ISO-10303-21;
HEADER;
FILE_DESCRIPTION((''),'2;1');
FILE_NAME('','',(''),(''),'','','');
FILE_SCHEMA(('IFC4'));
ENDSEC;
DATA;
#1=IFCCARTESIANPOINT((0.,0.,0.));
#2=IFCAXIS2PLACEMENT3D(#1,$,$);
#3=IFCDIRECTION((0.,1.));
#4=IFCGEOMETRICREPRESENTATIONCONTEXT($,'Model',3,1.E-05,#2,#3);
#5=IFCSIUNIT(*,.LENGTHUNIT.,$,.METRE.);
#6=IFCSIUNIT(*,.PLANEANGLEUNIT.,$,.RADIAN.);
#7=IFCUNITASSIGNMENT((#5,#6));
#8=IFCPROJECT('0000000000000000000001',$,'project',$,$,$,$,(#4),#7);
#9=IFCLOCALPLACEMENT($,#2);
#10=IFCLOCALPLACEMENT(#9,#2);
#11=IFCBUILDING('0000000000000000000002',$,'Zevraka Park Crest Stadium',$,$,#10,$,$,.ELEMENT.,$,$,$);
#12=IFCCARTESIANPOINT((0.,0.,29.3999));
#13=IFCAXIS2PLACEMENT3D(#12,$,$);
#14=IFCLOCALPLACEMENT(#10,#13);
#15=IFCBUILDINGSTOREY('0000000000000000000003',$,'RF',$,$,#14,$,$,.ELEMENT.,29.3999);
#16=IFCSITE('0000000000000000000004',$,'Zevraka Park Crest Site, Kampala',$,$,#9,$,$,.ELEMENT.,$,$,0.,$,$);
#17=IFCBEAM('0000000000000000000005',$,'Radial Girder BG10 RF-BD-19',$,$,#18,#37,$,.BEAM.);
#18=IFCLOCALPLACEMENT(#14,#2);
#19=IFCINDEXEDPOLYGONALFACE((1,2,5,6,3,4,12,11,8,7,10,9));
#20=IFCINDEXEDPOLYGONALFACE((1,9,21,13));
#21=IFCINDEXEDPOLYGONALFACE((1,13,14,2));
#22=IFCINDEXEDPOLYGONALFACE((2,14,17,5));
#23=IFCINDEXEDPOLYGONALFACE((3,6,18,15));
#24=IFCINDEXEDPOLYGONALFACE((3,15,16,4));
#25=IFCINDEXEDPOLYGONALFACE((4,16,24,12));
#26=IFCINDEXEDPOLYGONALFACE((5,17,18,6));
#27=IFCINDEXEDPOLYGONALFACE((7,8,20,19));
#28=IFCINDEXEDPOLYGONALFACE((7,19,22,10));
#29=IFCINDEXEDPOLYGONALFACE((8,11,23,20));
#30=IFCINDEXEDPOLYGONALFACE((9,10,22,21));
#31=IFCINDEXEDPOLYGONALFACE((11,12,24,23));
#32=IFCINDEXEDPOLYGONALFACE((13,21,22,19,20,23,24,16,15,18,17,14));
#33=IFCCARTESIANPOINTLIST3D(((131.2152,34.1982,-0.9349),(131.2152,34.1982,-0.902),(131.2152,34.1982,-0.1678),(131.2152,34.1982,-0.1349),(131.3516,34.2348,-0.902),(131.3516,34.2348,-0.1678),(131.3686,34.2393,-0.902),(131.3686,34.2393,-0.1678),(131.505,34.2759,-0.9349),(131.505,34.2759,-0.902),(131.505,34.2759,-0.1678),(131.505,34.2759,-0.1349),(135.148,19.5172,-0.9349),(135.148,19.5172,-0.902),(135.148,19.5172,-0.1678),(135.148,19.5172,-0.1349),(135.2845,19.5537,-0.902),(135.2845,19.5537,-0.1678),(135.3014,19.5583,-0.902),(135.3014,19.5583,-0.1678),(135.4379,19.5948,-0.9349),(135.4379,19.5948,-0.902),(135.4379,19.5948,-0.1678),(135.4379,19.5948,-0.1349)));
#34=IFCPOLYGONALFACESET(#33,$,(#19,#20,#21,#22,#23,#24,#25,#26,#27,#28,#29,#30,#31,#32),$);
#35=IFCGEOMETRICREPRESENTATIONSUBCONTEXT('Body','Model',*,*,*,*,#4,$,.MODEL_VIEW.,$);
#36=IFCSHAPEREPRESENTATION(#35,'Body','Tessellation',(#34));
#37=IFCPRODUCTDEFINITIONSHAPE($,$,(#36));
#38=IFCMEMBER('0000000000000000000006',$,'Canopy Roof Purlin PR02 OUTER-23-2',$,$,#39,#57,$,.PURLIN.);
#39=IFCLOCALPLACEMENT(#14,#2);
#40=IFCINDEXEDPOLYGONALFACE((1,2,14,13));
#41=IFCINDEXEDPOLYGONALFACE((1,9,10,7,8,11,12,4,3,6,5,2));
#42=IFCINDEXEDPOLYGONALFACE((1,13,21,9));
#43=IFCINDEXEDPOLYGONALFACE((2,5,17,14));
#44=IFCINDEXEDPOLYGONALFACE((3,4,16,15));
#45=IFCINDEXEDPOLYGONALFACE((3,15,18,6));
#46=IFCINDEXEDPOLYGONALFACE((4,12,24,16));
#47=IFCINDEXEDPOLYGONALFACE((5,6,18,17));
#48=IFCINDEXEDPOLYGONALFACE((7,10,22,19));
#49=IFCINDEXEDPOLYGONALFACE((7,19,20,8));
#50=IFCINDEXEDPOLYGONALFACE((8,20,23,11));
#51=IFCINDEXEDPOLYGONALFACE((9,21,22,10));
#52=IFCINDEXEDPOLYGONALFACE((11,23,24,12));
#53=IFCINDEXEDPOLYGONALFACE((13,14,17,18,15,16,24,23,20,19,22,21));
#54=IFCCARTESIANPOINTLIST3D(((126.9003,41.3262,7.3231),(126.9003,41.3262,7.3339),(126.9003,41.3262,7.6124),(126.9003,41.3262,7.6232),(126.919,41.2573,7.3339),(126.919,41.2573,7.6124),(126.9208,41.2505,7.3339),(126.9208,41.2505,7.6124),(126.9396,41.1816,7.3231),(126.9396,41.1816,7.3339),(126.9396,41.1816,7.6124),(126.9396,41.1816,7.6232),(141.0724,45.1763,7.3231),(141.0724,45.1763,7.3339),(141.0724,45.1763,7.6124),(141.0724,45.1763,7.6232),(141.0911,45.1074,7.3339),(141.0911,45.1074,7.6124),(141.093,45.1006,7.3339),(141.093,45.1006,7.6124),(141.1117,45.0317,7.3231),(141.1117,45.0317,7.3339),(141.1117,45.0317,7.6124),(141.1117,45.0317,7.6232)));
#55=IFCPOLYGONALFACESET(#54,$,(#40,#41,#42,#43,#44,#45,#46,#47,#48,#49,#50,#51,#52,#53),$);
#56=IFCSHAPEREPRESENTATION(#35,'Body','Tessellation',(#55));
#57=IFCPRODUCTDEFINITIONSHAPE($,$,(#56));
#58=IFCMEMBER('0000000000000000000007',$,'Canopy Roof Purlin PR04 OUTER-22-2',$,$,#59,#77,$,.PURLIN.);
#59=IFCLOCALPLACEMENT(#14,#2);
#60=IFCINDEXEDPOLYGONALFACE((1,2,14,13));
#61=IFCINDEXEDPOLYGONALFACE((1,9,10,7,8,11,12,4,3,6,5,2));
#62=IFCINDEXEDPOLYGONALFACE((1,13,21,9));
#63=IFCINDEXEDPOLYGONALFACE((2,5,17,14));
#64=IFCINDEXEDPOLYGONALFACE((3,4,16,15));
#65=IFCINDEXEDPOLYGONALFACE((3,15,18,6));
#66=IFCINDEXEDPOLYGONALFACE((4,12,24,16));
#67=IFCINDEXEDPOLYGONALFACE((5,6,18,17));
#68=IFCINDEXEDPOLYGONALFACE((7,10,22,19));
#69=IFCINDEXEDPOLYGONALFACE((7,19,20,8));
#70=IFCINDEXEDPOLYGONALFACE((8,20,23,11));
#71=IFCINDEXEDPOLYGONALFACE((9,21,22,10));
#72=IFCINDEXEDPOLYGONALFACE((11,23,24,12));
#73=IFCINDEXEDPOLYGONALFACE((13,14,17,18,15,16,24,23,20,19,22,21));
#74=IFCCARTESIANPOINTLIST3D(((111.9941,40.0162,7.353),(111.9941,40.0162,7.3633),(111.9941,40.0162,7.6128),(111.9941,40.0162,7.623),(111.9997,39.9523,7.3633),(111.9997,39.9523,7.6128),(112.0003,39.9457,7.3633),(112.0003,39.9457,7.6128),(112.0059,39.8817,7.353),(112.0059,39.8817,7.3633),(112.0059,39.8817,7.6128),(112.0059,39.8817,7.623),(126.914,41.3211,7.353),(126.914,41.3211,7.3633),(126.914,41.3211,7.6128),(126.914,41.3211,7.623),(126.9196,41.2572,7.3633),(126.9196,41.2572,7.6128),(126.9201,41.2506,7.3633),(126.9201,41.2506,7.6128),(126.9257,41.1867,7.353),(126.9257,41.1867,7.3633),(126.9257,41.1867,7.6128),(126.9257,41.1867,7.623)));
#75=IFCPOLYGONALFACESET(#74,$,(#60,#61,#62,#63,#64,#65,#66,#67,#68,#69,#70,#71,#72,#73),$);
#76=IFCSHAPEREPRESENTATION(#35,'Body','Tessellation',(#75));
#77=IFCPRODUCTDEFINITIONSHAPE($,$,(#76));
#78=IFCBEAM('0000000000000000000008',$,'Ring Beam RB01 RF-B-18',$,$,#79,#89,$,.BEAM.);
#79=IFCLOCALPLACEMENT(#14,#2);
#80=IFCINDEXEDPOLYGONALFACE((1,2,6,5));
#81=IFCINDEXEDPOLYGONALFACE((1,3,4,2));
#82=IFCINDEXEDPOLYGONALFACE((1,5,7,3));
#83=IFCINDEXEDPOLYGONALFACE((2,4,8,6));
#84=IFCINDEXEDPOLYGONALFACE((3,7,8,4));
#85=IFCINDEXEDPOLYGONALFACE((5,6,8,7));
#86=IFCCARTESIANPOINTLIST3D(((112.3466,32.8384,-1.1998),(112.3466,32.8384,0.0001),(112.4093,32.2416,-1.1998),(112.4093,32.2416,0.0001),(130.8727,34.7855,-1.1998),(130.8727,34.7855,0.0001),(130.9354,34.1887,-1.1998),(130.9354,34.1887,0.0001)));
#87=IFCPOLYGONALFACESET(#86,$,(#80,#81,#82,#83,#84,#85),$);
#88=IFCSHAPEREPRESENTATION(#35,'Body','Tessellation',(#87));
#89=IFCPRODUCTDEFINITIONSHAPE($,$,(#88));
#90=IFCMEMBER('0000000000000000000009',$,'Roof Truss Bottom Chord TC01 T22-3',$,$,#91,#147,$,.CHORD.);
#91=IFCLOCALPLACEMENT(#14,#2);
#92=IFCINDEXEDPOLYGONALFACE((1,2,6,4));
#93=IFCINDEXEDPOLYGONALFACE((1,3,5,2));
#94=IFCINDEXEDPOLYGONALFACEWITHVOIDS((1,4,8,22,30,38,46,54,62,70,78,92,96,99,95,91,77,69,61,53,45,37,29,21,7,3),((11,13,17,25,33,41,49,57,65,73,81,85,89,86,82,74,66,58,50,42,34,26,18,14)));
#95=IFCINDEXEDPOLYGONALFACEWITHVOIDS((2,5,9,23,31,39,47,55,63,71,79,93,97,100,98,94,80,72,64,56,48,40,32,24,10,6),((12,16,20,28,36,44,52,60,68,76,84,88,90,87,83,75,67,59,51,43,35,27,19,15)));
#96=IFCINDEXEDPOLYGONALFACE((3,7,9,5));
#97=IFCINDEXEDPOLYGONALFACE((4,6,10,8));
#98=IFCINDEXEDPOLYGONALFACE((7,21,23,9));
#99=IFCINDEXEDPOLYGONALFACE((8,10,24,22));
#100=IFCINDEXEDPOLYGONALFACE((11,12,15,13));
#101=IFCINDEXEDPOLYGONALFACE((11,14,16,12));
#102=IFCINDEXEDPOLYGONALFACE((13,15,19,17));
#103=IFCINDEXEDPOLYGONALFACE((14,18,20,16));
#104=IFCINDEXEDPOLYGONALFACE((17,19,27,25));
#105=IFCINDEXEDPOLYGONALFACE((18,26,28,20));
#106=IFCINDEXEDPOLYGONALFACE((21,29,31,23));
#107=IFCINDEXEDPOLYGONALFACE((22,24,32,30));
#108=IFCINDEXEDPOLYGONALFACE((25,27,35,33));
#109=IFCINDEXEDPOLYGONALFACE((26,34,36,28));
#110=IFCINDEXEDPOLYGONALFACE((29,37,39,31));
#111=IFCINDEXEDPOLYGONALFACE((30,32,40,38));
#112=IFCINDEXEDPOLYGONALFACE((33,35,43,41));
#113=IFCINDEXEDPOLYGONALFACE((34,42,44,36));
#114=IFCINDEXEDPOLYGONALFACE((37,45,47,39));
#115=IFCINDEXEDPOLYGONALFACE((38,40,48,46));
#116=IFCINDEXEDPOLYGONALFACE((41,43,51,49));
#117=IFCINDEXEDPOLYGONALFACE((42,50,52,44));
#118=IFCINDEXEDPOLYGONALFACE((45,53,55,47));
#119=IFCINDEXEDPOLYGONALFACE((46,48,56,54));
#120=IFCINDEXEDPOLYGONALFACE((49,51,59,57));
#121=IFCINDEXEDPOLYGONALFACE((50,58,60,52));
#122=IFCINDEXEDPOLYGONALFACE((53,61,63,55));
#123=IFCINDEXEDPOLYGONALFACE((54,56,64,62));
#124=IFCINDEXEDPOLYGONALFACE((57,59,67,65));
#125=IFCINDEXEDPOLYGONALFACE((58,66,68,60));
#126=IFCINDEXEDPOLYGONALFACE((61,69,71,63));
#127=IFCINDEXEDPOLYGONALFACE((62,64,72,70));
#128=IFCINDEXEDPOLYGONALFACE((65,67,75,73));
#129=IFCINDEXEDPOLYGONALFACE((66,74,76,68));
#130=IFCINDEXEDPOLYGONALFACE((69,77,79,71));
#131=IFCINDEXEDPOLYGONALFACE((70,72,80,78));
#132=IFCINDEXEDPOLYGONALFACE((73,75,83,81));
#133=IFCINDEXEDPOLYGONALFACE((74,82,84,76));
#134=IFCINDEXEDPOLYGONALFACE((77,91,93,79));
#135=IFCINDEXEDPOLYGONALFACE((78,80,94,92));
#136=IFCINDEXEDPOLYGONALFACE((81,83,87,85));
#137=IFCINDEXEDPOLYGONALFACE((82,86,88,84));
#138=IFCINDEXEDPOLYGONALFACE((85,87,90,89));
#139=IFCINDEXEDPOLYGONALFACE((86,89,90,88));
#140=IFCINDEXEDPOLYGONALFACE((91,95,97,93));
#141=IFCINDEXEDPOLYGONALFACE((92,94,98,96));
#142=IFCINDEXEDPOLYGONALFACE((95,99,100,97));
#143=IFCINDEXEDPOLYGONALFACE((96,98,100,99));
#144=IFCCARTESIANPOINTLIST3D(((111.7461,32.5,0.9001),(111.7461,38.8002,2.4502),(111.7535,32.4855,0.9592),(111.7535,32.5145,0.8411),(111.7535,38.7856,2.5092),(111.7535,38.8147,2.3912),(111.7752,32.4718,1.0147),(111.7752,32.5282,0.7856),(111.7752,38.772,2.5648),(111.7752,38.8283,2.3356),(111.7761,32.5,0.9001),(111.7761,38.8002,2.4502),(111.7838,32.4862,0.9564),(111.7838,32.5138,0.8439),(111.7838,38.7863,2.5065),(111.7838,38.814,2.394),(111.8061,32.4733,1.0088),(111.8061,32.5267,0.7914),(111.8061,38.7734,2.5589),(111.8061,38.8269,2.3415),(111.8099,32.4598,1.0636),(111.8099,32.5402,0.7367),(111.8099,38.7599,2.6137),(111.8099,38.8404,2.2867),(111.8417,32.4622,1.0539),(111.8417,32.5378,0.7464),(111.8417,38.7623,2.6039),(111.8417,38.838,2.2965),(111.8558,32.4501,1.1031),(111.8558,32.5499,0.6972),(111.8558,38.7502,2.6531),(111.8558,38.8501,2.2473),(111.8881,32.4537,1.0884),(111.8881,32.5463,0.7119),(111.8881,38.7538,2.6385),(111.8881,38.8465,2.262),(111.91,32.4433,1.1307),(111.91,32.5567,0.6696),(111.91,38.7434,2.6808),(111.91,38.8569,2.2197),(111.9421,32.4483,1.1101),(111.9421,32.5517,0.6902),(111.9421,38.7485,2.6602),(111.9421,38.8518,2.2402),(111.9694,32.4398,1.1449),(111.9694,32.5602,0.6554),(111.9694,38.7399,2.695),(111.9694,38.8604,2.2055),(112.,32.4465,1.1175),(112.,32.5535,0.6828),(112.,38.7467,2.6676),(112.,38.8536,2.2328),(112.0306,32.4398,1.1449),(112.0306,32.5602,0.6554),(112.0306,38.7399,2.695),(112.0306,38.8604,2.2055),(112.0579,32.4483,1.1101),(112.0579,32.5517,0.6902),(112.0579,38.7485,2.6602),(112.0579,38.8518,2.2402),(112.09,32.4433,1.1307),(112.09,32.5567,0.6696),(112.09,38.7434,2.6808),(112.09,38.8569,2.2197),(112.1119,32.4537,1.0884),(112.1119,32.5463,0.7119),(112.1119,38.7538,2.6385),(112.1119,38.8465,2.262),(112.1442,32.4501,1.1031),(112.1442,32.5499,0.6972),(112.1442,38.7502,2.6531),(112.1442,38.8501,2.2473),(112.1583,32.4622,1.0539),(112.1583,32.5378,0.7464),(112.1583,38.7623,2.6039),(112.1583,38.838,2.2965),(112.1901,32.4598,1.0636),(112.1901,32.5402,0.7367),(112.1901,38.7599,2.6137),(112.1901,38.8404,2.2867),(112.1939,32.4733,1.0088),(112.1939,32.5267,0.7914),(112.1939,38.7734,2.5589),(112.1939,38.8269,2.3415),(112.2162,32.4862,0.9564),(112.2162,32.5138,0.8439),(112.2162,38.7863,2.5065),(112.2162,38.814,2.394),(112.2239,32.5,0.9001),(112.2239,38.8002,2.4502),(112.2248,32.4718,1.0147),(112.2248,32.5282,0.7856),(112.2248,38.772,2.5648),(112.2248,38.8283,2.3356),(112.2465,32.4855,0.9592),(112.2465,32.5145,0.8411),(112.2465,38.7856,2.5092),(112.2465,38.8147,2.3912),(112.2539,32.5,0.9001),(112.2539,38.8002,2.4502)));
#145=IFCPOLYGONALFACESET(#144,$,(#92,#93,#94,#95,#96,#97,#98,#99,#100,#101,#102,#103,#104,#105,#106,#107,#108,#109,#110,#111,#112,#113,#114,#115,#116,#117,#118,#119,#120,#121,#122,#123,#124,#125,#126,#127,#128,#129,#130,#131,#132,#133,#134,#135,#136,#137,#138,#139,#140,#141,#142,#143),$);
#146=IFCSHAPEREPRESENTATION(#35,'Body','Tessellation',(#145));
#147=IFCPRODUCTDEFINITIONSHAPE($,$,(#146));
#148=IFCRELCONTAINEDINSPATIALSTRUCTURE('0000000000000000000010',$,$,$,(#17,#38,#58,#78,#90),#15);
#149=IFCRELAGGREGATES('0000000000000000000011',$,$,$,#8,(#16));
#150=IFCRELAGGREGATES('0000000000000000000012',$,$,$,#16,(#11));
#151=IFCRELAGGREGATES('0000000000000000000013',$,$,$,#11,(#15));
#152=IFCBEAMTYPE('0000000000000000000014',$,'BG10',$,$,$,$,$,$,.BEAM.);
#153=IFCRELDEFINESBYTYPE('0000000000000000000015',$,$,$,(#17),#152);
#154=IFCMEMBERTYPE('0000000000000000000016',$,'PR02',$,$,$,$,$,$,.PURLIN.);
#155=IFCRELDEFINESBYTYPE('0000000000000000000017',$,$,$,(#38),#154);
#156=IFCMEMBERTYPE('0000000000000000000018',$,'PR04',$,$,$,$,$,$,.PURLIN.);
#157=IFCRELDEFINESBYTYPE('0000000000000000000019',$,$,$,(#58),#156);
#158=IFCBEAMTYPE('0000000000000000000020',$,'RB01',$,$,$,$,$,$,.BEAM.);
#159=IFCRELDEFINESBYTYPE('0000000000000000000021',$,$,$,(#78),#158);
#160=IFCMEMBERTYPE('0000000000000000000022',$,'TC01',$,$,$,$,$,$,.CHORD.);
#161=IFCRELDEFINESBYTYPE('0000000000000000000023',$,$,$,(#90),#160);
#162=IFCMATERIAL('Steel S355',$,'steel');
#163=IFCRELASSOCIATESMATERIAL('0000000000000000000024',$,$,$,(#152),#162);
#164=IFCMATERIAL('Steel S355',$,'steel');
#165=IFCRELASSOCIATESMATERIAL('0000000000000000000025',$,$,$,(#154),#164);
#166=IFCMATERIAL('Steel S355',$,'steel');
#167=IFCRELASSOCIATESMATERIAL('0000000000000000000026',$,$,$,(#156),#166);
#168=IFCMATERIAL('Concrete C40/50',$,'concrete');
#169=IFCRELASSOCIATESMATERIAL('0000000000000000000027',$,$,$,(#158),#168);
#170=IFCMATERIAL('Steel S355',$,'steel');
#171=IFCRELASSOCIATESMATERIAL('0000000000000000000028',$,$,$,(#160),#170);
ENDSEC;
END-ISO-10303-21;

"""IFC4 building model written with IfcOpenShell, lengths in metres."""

from ifc_helpers import new_model, si_unit, direction, frame, origin, origin_2d, place, context, subcontext, project, spatial, rectangle, hollow_circle, i_section, extrude, material, material_profile, profile_set, type_object, element, save


model = new_model("IFC4")

# Units and contexts
model_context = context("Model", 3, precision=1e-05, world=origin(), true_north=direction((0.0, 1.0)))
body_context = subcontext(model_context, "Body", "Model", "MODEL_VIEW")
ifc_project = project(units=[si_unit("LENGTHUNIT", "METRE"), si_unit("PLANEANGLEUNIT", "RADIAN")], contexts=[model_context])

# Site, building, storey
site_placement = place(None, origin())
site = spatial("IfcSite", under=ifc_project, at=site_placement, Name="Zevraka Park Crest Site, Kampala", CompositionType="ELEMENT", RefElevation=0.0)
building_placement = place(site_placement, origin())
building = spatial("IfcBuilding", under=site, at=building_placement, Name="Zevraka Park Crest Stadium", CompositionType="ELEMENT")
storey_placement = place(building_placement, frame((0.0, 0.0, 29.3999)))
storey = spatial("IfcBuildingStorey", under=building, at=storey_placement, Name="RF", CompositionType="ELEMENT", Elevation=29.3999)

# Beam
ifc_material_1 = material(Name="Steel S355", Category="steel")
ifc_material_profile_1 = material_profile(ifc_material_1, i_section(OverallWidth=0.3, OverallDepth=0.8, WebThickness=0.0176, FlangeThickness=0.033, at=origin_2d()), Name="HEB 800")
ifc_profile_set_1 = profile_set([ifc_material_profile_1], Name="Steel S355")
beam_type_1 = type_object("IfcBeamType", Name="BG10", PredefinedType="BEAM", material=ifc_profile_set_1)
beam_1_placement = place(storey_placement, frame((131.3601, 34.2371, -0.5349), z_axis=(0.258761, -0.965941, 0.0), x_axis=(0.965941, 0.258761, 0.0)))
element("IfcBeam", 1, at=beam_1_placement, inside=storey, type_object=beam_type_1, Name="Radial Girder BG10 RF-BD-19", PredefinedType="BEAM", context=body_context, shape_type="SweptSolid", body=[
    extrude(i_section(OverallWidth=0.3, OverallDepth=0.8, WebThickness=0.0176, FlangeThickness=0.033, at=origin_2d()), origin(), (0.0, 0.0, 1.0), 15.1987),
])

# Members
ifc_material_2 = material(Name="Steel S355", Category="steel")
ifc_material_profile_2 = material_profile(ifc_material_2, i_section(OverallWidth=0.1499, OverallDepth=0.3, WebThickness=0.0071, FlangeThickness=0.0107, at=origin_2d()), Name="IPE 300")
ifc_profile_set_2 = profile_set([ifc_material_profile_2], Name="Steel S355")
member_type_1 = type_object("IfcMemberType", Name="PR02", PredefinedType="PURLIN", material=ifc_profile_set_2)
member_1_placement = place(storey_placement, frame((126.9199, 41.2539, 7.4731), z_axis=(0.965023, 0.262165, 0.0), x_axis=(-0.262165, 0.965023, 0.0)))
element("IfcMember", 2, at=member_1_placement, inside=storey, type_object=member_type_1, Name="Canopy Roof Purlin PR02 OUTER-23-2", PredefinedType="PURLIN", context=body_context, shape_type="SweptSolid", body=[
    extrude(i_section(OverallWidth=0.1499, OverallDepth=0.3, WebThickness=0.0071, FlangeThickness=0.0107, at=origin_2d()), origin(), (0.0, 0.0, 1.0), 14.6858),
])
ifc_material_3 = material(Name="Steel S355", Category="steel")
ifc_material_profile_3 = material_profile(ifc_material_3, i_section(OverallWidth=0.135, OverallDepth=0.27, WebThickness=0.0066, FlangeThickness=0.0103, at=origin_2d()), Name="IPE 270")
ifc_profile_set_3 = profile_set([ifc_material_profile_3], Name="Steel S355")
member_type_2 = type_object("IfcMemberType", Name="PR04", PredefinedType="PURLIN", material=ifc_profile_set_3)
member_2_placement = place(storey_placement, frame((112.0, 39.949, 7.488), z_axis=(0.996197, 0.08713, 0.0), x_axis=(-0.08713, 0.996197, 0.0)))
element("IfcMember", 3, at=member_2_placement, inside=storey, type_object=member_type_2, Name="Canopy Roof Purlin PR04 OUTER-22-2", PredefinedType="PURLIN", context=body_context, shape_type="SweptSolid", body=[
    extrude(i_section(OverallWidth=0.135, OverallDepth=0.27, WebThickness=0.0066, FlangeThickness=0.0103, at=origin_2d()), origin(), (0.0, 0.0, 1.0), 14.9768),
])

# Beam
ifc_material_4 = material(Name="Concrete C40/50", Category="concrete")
ifc_material_profile_4 = material_profile(ifc_material_4, rectangle(XDim=0.6001, YDim=1.2, at=origin_2d()), Name="RC 1200x600")
ifc_profile_set_4 = profile_set([ifc_material_profile_4], Name="Concrete C40/50")
beam_type_2 = type_object("IfcBeamType", Name="RB01", PredefinedType="BEAM", material=ifc_profile_set_4)
beam_2_placement = place(storey_placement, frame((112.3779, 32.54, -0.5999), z_axis=(0.994523, 0.10452, 0.0), x_axis=(-0.10452, 0.994523, 0.0)))
element("IfcBeam", 4, at=beam_2_placement, inside=storey, type_object=beam_type_2, Name="Ring Beam RB01 RF-B-18", PredefinedType="BEAM", context=body_context, shape_type="SweptSolid", body=[
    extrude(rectangle(XDim=0.6001, YDim=1.2, at=origin_2d()), origin(), (0.0, 0.0, 1.0), 18.6282),
])

# Member
ifc_material_5 = material(Name="Steel S355", Category="steel")
ifc_material_profile_5 = material_profile(ifc_material_5, hollow_circle(Radius=0.2539, WallThickness=0.03, at=origin_2d()), Name="CHS 508.0x30")
ifc_profile_set_5 = profile_set([ifc_material_profile_5], Name="Steel S355")
member_type_3 = type_object("IfcMemberType", Name="TC01", PredefinedType="CHORD", material=ifc_profile_set_5)
for number, where, z_axis, x_axis, name in (
    (5, (112.0, 32.5, 0.9001), (0.0, 0.971041, 0.238913), (-1.0, 0.0, 0.0), "Roof Truss Bottom Chord TC01 T22-3"),
):
    element("IfcMember", number, at=place(storey_placement, frame(where, z_axis=z_axis, x_axis=x_axis)), inside=storey, type_object=member_type_3, Name=name, PredefinedType="CHORD", context=body_context, shape_type="SweptSolid", body=[
        extrude(hollow_circle(Radius=0.2539, WallThickness=0.03, at=origin_2d()), origin(), (0.0, 0.0, 1.0), 6.488),
    ])

save(model, "model.ifc")
